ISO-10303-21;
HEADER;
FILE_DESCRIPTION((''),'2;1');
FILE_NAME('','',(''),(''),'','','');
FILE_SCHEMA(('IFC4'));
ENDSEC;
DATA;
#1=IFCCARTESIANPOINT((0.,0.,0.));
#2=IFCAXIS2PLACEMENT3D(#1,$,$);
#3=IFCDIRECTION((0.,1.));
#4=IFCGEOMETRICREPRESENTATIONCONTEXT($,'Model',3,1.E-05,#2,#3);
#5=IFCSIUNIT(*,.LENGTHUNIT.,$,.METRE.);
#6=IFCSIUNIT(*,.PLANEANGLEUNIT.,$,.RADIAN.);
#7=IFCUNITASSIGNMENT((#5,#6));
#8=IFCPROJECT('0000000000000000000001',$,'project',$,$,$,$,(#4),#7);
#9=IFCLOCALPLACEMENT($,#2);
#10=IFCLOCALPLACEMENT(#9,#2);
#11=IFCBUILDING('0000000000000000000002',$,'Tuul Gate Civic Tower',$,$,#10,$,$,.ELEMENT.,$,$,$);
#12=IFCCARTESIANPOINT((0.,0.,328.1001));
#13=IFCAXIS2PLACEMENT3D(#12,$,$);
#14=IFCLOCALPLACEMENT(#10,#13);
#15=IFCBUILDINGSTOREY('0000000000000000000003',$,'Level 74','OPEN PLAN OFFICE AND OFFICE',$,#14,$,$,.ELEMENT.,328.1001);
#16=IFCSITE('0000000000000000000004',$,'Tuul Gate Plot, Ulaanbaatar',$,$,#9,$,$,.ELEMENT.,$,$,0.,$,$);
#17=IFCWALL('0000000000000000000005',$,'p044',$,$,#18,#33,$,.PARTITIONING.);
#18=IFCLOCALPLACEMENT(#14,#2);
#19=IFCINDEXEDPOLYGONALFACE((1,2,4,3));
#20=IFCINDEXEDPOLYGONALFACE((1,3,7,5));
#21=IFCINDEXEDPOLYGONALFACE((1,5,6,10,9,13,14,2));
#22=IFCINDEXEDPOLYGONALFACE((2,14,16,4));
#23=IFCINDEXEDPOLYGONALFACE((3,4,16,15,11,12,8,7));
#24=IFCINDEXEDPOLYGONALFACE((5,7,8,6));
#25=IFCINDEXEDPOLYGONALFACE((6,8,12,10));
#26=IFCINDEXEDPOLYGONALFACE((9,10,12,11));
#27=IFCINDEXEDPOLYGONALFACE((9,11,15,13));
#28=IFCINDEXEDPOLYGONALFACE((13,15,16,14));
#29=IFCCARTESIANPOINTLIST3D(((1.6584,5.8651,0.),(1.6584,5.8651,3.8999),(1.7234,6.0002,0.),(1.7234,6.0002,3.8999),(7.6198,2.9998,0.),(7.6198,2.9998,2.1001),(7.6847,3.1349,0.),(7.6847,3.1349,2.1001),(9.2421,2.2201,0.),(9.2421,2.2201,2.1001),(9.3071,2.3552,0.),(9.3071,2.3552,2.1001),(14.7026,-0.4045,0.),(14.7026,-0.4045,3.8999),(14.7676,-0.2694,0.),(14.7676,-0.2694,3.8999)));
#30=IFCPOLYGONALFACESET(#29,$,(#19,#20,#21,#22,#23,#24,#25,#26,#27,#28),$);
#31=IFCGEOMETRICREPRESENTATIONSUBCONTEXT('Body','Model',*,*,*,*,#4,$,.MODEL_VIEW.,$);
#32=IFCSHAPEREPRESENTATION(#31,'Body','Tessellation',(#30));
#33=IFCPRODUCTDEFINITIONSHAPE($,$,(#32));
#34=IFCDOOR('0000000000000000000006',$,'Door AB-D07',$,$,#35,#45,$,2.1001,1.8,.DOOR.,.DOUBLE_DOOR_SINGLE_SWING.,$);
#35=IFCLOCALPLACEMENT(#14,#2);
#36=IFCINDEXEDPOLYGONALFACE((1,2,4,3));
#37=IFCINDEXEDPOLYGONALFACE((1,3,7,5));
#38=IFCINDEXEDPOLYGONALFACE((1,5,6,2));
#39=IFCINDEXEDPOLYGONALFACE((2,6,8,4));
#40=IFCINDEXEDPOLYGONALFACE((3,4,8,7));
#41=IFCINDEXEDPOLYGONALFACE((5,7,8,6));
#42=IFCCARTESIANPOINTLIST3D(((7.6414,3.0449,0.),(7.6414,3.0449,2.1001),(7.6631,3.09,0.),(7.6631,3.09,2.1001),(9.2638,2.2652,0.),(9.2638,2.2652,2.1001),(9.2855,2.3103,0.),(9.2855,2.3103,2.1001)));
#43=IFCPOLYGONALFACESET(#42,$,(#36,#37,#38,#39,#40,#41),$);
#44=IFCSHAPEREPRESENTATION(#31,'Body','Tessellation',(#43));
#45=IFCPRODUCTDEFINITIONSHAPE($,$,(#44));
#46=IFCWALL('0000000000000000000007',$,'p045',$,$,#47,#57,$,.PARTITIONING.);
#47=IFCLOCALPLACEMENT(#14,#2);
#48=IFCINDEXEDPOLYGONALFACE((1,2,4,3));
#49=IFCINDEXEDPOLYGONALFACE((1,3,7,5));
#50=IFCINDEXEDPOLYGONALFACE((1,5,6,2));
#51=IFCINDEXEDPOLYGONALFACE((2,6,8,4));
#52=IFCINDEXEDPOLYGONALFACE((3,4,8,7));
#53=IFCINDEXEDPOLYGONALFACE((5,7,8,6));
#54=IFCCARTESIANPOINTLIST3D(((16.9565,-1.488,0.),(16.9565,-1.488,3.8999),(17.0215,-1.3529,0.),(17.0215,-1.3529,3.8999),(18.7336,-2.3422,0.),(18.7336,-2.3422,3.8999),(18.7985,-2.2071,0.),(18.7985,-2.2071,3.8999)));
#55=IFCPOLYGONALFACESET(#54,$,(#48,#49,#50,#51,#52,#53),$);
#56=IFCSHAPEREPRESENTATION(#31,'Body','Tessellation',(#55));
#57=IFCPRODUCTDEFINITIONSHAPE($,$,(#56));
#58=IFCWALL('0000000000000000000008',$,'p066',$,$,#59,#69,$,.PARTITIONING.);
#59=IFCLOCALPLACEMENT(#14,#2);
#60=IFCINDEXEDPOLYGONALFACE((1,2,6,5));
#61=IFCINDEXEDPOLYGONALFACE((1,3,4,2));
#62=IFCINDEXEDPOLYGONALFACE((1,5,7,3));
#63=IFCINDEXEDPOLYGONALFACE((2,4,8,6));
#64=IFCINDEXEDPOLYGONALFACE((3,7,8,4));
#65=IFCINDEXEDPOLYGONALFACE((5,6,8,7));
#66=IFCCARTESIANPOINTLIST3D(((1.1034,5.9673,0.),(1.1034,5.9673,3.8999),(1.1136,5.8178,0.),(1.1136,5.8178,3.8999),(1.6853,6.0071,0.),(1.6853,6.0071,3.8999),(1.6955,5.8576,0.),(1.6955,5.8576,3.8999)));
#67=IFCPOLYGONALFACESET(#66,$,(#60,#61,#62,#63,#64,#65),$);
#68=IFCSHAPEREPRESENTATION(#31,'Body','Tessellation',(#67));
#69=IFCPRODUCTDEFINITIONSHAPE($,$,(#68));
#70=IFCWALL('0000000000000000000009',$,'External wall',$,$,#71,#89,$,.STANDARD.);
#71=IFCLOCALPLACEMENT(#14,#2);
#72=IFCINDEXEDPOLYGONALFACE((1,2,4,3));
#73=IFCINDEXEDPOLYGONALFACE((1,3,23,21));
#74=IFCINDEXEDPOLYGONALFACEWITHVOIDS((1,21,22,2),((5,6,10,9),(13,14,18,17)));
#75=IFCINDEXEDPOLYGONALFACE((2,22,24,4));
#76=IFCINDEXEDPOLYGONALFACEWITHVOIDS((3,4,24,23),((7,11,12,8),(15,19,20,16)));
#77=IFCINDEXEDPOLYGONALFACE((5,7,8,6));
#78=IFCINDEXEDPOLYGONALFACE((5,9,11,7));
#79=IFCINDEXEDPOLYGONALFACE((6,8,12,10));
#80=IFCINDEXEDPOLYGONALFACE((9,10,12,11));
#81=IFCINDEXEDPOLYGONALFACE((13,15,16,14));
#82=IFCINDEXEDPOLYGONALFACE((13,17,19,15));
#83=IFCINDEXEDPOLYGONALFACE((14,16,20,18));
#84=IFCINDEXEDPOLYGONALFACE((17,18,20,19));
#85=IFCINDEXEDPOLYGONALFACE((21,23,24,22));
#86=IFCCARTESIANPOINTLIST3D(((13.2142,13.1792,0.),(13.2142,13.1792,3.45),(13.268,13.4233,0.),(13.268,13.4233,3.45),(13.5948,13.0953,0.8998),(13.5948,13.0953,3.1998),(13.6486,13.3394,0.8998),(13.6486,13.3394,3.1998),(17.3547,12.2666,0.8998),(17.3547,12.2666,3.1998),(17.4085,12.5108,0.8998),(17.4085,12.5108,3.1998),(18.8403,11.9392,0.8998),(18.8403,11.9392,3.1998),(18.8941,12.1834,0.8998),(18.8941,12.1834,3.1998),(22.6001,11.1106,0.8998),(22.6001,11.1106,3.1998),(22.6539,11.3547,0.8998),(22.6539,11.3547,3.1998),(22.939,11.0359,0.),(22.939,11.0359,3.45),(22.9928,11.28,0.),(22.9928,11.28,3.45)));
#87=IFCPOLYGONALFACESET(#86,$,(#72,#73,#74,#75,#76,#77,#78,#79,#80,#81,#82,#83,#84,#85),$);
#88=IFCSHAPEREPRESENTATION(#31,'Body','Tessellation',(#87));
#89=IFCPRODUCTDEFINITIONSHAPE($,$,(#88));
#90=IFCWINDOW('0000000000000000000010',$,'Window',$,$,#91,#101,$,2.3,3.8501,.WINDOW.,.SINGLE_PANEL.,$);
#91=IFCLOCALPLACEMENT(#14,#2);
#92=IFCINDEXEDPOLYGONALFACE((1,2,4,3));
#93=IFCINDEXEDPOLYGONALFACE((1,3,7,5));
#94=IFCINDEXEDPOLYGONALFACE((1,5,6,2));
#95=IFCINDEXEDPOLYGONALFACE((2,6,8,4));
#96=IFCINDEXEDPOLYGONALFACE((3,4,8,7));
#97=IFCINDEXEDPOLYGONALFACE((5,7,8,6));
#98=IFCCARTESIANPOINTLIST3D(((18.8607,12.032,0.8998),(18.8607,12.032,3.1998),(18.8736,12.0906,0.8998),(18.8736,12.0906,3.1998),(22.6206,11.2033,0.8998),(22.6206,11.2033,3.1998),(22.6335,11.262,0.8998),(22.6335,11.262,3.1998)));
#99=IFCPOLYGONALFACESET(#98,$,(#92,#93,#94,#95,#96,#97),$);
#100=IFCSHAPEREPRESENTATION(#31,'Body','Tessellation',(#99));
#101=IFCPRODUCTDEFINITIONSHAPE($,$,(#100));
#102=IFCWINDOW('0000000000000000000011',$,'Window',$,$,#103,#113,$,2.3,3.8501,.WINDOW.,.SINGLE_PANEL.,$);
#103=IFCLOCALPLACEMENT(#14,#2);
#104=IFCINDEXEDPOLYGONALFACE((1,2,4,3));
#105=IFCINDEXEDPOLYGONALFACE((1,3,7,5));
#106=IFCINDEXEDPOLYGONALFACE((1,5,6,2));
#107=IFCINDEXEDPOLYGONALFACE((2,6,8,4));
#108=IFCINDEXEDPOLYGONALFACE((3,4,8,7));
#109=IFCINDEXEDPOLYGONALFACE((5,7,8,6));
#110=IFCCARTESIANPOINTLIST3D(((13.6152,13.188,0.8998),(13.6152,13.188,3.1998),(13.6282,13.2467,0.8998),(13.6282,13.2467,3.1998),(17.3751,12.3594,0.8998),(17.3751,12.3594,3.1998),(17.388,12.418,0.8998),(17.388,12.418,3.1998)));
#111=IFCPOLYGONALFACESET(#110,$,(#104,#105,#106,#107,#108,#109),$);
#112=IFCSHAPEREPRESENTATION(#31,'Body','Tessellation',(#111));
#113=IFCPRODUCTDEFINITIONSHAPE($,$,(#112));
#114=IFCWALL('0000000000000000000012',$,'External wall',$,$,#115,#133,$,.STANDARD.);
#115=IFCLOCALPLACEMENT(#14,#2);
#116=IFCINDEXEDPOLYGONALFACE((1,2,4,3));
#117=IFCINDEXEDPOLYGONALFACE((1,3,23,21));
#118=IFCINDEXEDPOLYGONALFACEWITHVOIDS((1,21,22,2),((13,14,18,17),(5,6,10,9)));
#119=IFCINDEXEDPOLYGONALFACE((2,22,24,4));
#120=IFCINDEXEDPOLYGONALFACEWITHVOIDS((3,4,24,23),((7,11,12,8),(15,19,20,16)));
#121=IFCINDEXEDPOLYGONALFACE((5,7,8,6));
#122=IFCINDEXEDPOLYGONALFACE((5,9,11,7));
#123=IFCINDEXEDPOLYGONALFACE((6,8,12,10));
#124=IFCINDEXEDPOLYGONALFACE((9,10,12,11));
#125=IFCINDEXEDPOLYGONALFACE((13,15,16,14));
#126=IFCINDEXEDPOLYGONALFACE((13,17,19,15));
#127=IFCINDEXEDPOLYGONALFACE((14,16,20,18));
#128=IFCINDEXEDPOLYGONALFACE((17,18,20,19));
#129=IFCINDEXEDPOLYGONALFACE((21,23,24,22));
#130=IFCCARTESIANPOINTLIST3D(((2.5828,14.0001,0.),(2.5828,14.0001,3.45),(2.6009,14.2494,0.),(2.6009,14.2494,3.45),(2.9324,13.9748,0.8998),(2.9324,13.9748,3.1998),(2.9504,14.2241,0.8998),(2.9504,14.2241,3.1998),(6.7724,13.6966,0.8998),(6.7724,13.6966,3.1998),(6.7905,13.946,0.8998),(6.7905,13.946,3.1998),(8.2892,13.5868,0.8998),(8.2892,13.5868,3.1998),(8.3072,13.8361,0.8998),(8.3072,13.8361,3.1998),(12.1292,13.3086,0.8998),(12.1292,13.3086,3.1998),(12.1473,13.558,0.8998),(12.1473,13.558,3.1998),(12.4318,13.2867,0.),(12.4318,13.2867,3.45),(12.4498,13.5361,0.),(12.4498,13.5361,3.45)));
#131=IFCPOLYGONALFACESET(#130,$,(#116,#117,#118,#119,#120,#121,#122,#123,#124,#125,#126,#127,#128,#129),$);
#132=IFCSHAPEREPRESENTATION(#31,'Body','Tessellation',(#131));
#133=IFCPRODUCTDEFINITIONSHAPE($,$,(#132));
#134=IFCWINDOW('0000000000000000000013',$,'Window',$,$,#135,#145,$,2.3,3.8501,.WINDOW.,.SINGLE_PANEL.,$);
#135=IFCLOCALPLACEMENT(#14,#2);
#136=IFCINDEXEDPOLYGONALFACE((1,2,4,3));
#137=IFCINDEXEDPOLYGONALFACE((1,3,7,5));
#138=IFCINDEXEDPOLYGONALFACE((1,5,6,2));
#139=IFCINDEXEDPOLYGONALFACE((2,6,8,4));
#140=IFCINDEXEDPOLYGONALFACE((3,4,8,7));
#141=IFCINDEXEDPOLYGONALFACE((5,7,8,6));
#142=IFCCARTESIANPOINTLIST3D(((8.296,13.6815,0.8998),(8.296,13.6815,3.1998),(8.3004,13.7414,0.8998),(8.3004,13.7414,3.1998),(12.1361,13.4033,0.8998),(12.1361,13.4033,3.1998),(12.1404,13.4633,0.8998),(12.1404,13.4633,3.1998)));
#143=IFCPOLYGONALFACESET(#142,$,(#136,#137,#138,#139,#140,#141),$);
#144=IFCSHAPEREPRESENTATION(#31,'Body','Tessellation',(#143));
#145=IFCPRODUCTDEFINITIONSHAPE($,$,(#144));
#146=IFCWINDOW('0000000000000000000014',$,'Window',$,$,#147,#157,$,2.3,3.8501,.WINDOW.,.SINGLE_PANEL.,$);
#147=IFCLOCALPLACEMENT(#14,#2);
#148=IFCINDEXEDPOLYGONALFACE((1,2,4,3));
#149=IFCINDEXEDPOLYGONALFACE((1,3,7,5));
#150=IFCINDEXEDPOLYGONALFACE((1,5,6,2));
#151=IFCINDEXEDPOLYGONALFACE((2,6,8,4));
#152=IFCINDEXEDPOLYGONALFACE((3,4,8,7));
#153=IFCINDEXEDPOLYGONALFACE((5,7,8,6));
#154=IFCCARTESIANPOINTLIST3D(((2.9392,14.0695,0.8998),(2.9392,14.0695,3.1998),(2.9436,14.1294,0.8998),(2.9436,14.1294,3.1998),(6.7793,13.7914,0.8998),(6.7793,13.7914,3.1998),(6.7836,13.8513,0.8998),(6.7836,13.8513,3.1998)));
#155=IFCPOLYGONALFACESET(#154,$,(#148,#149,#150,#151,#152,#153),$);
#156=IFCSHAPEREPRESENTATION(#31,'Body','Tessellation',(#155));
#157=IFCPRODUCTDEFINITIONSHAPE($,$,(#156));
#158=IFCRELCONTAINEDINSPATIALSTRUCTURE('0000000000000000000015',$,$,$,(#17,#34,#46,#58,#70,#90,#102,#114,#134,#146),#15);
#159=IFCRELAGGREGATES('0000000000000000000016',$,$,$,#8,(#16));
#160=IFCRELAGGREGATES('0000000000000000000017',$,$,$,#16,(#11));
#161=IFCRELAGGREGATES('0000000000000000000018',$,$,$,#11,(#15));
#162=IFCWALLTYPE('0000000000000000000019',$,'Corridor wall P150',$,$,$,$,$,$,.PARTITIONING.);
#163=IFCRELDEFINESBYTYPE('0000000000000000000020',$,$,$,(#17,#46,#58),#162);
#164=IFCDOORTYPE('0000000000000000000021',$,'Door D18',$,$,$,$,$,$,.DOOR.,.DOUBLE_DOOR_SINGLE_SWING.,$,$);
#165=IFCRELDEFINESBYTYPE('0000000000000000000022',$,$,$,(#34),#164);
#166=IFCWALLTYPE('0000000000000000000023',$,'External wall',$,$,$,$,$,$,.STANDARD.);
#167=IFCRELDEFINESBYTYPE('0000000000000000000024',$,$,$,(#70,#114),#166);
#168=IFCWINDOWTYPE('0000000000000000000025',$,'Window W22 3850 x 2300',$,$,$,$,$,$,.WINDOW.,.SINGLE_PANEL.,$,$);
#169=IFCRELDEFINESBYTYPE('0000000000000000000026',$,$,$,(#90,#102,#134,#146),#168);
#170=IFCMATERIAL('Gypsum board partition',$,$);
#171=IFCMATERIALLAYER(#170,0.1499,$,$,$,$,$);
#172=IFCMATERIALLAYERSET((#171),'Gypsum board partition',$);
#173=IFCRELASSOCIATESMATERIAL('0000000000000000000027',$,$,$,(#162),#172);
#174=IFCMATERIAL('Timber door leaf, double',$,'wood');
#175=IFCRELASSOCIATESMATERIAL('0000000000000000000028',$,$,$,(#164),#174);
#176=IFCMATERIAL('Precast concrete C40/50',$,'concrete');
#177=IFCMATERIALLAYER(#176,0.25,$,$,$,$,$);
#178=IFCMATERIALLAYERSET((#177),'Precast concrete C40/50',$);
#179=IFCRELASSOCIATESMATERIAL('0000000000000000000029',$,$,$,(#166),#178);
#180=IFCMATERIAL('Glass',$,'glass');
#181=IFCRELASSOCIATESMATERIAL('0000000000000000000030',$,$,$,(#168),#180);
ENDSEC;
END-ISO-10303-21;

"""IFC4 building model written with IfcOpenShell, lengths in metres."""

from ifc_helpers import new_model, si_unit, direction, frame, frame_2d, origin, place, context, subcontext, project, spatial, rectangle, extrude, material, layer, layer_set, type_object, element, fill, save


model = new_model("IFC4")

# Units and contexts
model_context = context("Model", 3, precision=1e-05, world=origin(), true_north=direction((0.0, 1.0)))
body_context = subcontext(model_context, "Body", "Model", "MODEL_VIEW")
ifc_project = project(units=[si_unit("LENGTHUNIT", "METRE"), si_unit("PLANEANGLEUNIT", "RADIAN")], contexts=[model_context])

# Site, building, storey
site_placement = place(None, origin())
site = spatial("IfcSite", under=ifc_project, at=site_placement, Name="Tuul Gate Plot, Ulaanbaatar", CompositionType="ELEMENT", RefElevation=0.0)
building_placement = place(site_placement, origin())
building = spatial("IfcBuilding", under=site, at=building_placement, Name="Tuul Gate Civic Tower", CompositionType="ELEMENT")
storey_placement = place(building_placement, frame((0.0, 0.0, 328.1001)))
storey = spatial("IfcBuildingStorey", under=building, at=storey_placement, Name="Level 74", Description="OPEN PLAN OFFICE AND OFFICE", CompositionType="ELEMENT", Elevation=328.1001)

# Shared definitions
ifc_material_1 = material(Name="Gypsum board partition")
ifc_layer_1 = layer(ifc_material_1, 0.1499)
ifc_layer_set_1 = layer_set([ifc_layer_1], Name="Gypsum board partition")
wall_type_1 = type_object("IfcWallType", Name="Corridor wall P150", PredefinedType="PARTITIONING", material=ifc_layer_set_1)
ifc_material_2 = material(Name="Timber door leaf, double", Category="wood")
door_type_1 = type_object("IfcDoorType", Name="Door D18", OperationType="DOUBLE_DOOR_SINGLE_SWING", PredefinedType="DOOR", material=ifc_material_2)

# Wall, opening, door
wall_1_placement = place(storey_placement, frame((1.6909, 5.9326, 0.0), z_axis=(0.0, 0.0, 1.0), x_axis=(0.901299, -0.433198, 0.0)))
wall_1 = element("IfcWall", 1, at=wall_1_placement, inside=storey, type_object=wall_type_1, Name="p044", PredefinedType="PARTITIONING", context=body_context, shape_type="SweptSolid", body=[
    extrude(rectangle(XDim=14.4727, YDim=0.1499, at=frame_2d((7.2363, 0.0))), origin(), (0.0, 0.0, 1.0), 3.8999),
])
opening_1_placement = place(wall_1_placement, frame((6.6143, 0.0, 0.0)))
opening_1 = element("IfcOpeningElement", 2, at=opening_1_placement, cuts=wall_1, PredefinedType="OPENING", context=body_context, shape_type="SweptSolid", body=[
    extrude(rectangle(XDim=1.8, YDim=2.1001, at=frame_2d((0.8999, 1.05))), frame((0.0, 0.085, 0.0), z_axis=(0.0, -1.0, 0.0), x_axis=(1.0, 0.0, 0.0)), (0.0, 0.0, 1.0), 0.1699),
])
door_1_placement = place(opening_1_placement, frame((1.8, 0.0, 0.0), z_axis=(0.0, 0.0, 1.0), x_axis=(-1.0, 0.0, 0.0)))
door_1 = element("IfcDoor", 3, at=door_1_placement, inside=storey, type_object=door_type_1, Name="Door AB-D07", OperationType="DOUBLE_DOOR_SINGLE_SWING", OverallHeight=2.1001, OverallWidth=1.8, PredefinedType="DOOR", context=body_context, shape_type="SweptSolid", body=[
    extrude(rectangle(XDim=1.8, YDim=2.1001, at=frame_2d((0.9001, 1.05))), frame((0.0, 0.0249, 0.0), z_axis=(0.0, -1.0, 0.0), x_axis=(1.0, 0.0, 0.0)), (0.0, 0.0, 1.0), 0.05),
])
fill(opening_1, door_1)

# Walls
wall_2_placement = place(storey_placement, frame((16.989, -1.4204, 0.0), z_axis=(0.0, 0.0, 1.0), x_axis=(0.901278, -0.433242, 0.0)))
element("IfcWall", 4, at=wall_2_placement, inside=storey, type_object=wall_type_1, Name="p045", PredefinedType="PARTITIONING", context=body_context, shape_type="SweptSolid", body=[
    extrude(rectangle(XDim=1.9717, YDim=0.1499, at=frame_2d((0.9858, 0.0))), origin(), (0.0, 0.0, 1.0), 3.8999),
])
wall_3_placement = place(storey_placement, frame((1.1086, 5.8926, 0.0), z_axis=(0.0, 0.0, 1.0), x_axis=(0.997669, 0.068242, 0.0)))
element("IfcWall", 5, at=wall_3_placement, inside=storey, type_object=wall_type_1, Name="p066", PredefinedType="PARTITIONING", context=body_context, shape_type="SweptSolid", body=[
    extrude(rectangle(XDim=0.5833, YDim=0.1499, at=frame_2d((0.2915, 0.0))), origin(), (0.0, 0.0, 1.0), 3.8999),
])

# Walls, openings, windows
ifc_material_3 = material(Name="Precast concrete C40/50", Category="concrete")
ifc_layer_2 = layer(ifc_material_3, 0.25)
ifc_layer_set_2 = layer_set([ifc_layer_2], Name="Precast concrete C40/50")
wall_type_2 = type_object("IfcWallType", Name="External wall", PredefinedType="STANDARD", material=ifc_layer_set_2)
wall_4_placement = place(storey_placement, frame((22.9658, 11.158, 0.0), z_axis=(0.0, 0.0, 1.0), x_axis=(-0.976563, 0.21523, 0.0)))
wall_4 = element("IfcWall", 6, at=wall_4_placement, inside=storey, type_object=wall_type_2, Name="External wall", PredefinedType="STANDARD", context=body_context, shape_type="SweptSolid", body=[
    extrude(rectangle(XDim=9.9583, YDim=0.25, at=frame_2d((4.979, 0.0))), origin(), (0.0, 0.0, 1.0), 3.45),
])
opening_2_placement = place(wall_4_placement, frame((0.3469, 0.0, 0.8999)))
opening_2 = element("IfcOpeningElement", 7, at=opening_2_placement, cuts=wall_4, PredefinedType="OPENING", context=body_context, shape_type="SweptSolid", body=[
    extrude(rectangle(XDim=3.8501, YDim=2.3, at=frame_2d((1.925, 1.1499))), frame((0.0, 0.135, 0.0), z_axis=(0.0, -1.0, 0.0), x_axis=(1.0, 0.0, 0.0)), (0.0, 0.0, 1.0), 0.27),
])
opening_3_placement = place(wall_4_placement, frame((5.7183, 0.0, 0.8999)))
opening_3 = element("IfcOpeningElement", 8, at=opening_3_placement, cuts=wall_4, PredefinedType="OPENING", context=body_context, shape_type="SweptSolid", body=[
    extrude(rectangle(XDim=3.8501, YDim=2.3, at=frame_2d((1.925, 1.1499))), frame((0.0, 0.135, 0.0), z_axis=(0.0, -1.0, 0.0), x_axis=(1.0, 0.0, 0.0)), (0.0, 0.0, 1.0), 0.27),
])
ifc_material_4 = material(Name="Glass", Category="glass")
window_type = type_object("IfcWindowType", Name="Window W22 3850 x 2300", PartitioningType="SINGLE_PANEL", PredefinedType="WINDOW", material=ifc_material_4)
window_1_placement = place(opening_2_placement, origin())
window_1 = element("IfcWindow", 9, at=window_1_placement, inside=storey, type_object=window_type, Name="Window", OverallHeight=2.3, OverallWidth=3.8501, PartitioningType="SINGLE_PANEL", PredefinedType="WINDOW", context=body_context, shape_type="SweptSolid", body=[
    extrude(rectangle(XDim=3.8501, YDim=2.3, at=frame_2d((1.925, 1.1499))), frame((0.0, 0.03, 0.0), z_axis=(0.0, -1.0, 0.0), x_axis=(1.0, 0.0, 0.0)), (0.0, 0.0, 1.0), 0.0601),
])
fill(opening_2, window_1)
window_2_placement = place(opening_3_placement, origin())
window_2 = element("IfcWindow", 10, at=window_2_placement, inside=storey, type_object=window_type, Name="Window", OverallHeight=2.3, OverallWidth=3.8501, PartitioningType="SINGLE_PANEL", PredefinedType="WINDOW", context=body_context, shape_type="SweptSolid", body=[
    extrude(rectangle(XDim=3.8501, YDim=2.3, at=frame_2d((1.925, 1.1499))), frame((0.0, 0.03, 0.0), z_axis=(0.0, -1.0, 0.0), x_axis=(1.0, 0.0, 0.0)), (0.0, 0.0, 1.0), 0.0601),
])
fill(opening_3, window_2)
wall_5_placement = place(storey_placement, frame((12.4409, 13.4114, 0.0), z_axis=(0.0, 0.0, 1.0), x_axis=(-0.997387, 0.072243, 0.0)))
wall_5 = element("IfcWall", 11, at=wall_5_placement, inside=storey, type_object=wall_type_2, Name="External wall", PredefinedType="STANDARD", context=body_context, shape_type="SweptSolid", body=[
    extrude(rectangle(XDim=9.8748, YDim=0.25, at=frame_2d((4.9375, 0.0))), origin(), (0.0, 0.0, 1.0), 3.45),
])
opening_4_placement = place(wall_5_placement, frame((0.3035, 0.0, 0.8999)))
opening_4 = element("IfcOpeningElement", 12, at=opening_4_placement, cuts=wall_5, PredefinedType="OPENING", context=body_context, shape_type="SweptSolid", body=[
    extrude(rectangle(XDim=3.8501, YDim=2.3, at=frame_2d((1.925, 1.1499))), frame((0.0, 0.135, 0.0), z_axis=(0.0, -1.0, 0.0), x_axis=(1.0, 0.0, 0.0)), (0.0, 0.0, 1.0), 0.27),
])
opening_5_placement = place(wall_5_placement, frame((5.6743, 0.0, 0.8999)))
opening_5 = element("IfcOpeningElement", 13, at=opening_5_placement, cuts=wall_5, PredefinedType="OPENING", context=body_context, shape_type="SweptSolid", body=[
    extrude(rectangle(XDim=3.8501, YDim=2.3, at=frame_2d((1.925, 1.1499))), frame((0.0, 0.135, 0.0), z_axis=(0.0, -1.0, 0.0), x_axis=(1.0, 0.0, 0.0)), (0.0, 0.0, 1.0), 0.27),
])
window_3_placement = place(opening_4_placement, origin())
window_3 = element("IfcWindow", 14, at=window_3_placement, inside=storey, type_object=window_type, Name="Window", OverallHeight=2.3, OverallWidth=3.8501, PartitioningType="SINGLE_PANEL", PredefinedType="WINDOW", context=body_context, shape_type="SweptSolid", body=[
    extrude(rectangle(XDim=3.8501, YDim=2.3, at=frame_2d((1.925, 1.1499))), frame((0.0, 0.03, 0.0), z_axis=(0.0, -1.0, 0.0), x_axis=(1.0, 0.0, 0.0)), (0.0, 0.0, 1.0), 0.0601),
])
fill(opening_4, window_3)
window_4_placement = place(opening_5_placement, origin())
window_4 = element("IfcWindow", 15, at=window_4_placement, inside=storey, type_object=window_type, Name="Window", OverallHeight=2.3, OverallWidth=3.8501, PartitioningType="SINGLE_PANEL", PredefinedType="WINDOW", context=body_context, shape_type="SweptSolid", body=[
    extrude(rectangle(XDim=3.8501, YDim=2.3, at=frame_2d((1.925, 1.1499))), frame((0.0, 0.03, 0.0), z_axis=(0.0, -1.0, 0.0), x_axis=(1.0, 0.0, 0.0)), (0.0, 0.0, 1.0), 0.0601),
])
fill(opening_5, window_4)

save(model, "model.ifc")
